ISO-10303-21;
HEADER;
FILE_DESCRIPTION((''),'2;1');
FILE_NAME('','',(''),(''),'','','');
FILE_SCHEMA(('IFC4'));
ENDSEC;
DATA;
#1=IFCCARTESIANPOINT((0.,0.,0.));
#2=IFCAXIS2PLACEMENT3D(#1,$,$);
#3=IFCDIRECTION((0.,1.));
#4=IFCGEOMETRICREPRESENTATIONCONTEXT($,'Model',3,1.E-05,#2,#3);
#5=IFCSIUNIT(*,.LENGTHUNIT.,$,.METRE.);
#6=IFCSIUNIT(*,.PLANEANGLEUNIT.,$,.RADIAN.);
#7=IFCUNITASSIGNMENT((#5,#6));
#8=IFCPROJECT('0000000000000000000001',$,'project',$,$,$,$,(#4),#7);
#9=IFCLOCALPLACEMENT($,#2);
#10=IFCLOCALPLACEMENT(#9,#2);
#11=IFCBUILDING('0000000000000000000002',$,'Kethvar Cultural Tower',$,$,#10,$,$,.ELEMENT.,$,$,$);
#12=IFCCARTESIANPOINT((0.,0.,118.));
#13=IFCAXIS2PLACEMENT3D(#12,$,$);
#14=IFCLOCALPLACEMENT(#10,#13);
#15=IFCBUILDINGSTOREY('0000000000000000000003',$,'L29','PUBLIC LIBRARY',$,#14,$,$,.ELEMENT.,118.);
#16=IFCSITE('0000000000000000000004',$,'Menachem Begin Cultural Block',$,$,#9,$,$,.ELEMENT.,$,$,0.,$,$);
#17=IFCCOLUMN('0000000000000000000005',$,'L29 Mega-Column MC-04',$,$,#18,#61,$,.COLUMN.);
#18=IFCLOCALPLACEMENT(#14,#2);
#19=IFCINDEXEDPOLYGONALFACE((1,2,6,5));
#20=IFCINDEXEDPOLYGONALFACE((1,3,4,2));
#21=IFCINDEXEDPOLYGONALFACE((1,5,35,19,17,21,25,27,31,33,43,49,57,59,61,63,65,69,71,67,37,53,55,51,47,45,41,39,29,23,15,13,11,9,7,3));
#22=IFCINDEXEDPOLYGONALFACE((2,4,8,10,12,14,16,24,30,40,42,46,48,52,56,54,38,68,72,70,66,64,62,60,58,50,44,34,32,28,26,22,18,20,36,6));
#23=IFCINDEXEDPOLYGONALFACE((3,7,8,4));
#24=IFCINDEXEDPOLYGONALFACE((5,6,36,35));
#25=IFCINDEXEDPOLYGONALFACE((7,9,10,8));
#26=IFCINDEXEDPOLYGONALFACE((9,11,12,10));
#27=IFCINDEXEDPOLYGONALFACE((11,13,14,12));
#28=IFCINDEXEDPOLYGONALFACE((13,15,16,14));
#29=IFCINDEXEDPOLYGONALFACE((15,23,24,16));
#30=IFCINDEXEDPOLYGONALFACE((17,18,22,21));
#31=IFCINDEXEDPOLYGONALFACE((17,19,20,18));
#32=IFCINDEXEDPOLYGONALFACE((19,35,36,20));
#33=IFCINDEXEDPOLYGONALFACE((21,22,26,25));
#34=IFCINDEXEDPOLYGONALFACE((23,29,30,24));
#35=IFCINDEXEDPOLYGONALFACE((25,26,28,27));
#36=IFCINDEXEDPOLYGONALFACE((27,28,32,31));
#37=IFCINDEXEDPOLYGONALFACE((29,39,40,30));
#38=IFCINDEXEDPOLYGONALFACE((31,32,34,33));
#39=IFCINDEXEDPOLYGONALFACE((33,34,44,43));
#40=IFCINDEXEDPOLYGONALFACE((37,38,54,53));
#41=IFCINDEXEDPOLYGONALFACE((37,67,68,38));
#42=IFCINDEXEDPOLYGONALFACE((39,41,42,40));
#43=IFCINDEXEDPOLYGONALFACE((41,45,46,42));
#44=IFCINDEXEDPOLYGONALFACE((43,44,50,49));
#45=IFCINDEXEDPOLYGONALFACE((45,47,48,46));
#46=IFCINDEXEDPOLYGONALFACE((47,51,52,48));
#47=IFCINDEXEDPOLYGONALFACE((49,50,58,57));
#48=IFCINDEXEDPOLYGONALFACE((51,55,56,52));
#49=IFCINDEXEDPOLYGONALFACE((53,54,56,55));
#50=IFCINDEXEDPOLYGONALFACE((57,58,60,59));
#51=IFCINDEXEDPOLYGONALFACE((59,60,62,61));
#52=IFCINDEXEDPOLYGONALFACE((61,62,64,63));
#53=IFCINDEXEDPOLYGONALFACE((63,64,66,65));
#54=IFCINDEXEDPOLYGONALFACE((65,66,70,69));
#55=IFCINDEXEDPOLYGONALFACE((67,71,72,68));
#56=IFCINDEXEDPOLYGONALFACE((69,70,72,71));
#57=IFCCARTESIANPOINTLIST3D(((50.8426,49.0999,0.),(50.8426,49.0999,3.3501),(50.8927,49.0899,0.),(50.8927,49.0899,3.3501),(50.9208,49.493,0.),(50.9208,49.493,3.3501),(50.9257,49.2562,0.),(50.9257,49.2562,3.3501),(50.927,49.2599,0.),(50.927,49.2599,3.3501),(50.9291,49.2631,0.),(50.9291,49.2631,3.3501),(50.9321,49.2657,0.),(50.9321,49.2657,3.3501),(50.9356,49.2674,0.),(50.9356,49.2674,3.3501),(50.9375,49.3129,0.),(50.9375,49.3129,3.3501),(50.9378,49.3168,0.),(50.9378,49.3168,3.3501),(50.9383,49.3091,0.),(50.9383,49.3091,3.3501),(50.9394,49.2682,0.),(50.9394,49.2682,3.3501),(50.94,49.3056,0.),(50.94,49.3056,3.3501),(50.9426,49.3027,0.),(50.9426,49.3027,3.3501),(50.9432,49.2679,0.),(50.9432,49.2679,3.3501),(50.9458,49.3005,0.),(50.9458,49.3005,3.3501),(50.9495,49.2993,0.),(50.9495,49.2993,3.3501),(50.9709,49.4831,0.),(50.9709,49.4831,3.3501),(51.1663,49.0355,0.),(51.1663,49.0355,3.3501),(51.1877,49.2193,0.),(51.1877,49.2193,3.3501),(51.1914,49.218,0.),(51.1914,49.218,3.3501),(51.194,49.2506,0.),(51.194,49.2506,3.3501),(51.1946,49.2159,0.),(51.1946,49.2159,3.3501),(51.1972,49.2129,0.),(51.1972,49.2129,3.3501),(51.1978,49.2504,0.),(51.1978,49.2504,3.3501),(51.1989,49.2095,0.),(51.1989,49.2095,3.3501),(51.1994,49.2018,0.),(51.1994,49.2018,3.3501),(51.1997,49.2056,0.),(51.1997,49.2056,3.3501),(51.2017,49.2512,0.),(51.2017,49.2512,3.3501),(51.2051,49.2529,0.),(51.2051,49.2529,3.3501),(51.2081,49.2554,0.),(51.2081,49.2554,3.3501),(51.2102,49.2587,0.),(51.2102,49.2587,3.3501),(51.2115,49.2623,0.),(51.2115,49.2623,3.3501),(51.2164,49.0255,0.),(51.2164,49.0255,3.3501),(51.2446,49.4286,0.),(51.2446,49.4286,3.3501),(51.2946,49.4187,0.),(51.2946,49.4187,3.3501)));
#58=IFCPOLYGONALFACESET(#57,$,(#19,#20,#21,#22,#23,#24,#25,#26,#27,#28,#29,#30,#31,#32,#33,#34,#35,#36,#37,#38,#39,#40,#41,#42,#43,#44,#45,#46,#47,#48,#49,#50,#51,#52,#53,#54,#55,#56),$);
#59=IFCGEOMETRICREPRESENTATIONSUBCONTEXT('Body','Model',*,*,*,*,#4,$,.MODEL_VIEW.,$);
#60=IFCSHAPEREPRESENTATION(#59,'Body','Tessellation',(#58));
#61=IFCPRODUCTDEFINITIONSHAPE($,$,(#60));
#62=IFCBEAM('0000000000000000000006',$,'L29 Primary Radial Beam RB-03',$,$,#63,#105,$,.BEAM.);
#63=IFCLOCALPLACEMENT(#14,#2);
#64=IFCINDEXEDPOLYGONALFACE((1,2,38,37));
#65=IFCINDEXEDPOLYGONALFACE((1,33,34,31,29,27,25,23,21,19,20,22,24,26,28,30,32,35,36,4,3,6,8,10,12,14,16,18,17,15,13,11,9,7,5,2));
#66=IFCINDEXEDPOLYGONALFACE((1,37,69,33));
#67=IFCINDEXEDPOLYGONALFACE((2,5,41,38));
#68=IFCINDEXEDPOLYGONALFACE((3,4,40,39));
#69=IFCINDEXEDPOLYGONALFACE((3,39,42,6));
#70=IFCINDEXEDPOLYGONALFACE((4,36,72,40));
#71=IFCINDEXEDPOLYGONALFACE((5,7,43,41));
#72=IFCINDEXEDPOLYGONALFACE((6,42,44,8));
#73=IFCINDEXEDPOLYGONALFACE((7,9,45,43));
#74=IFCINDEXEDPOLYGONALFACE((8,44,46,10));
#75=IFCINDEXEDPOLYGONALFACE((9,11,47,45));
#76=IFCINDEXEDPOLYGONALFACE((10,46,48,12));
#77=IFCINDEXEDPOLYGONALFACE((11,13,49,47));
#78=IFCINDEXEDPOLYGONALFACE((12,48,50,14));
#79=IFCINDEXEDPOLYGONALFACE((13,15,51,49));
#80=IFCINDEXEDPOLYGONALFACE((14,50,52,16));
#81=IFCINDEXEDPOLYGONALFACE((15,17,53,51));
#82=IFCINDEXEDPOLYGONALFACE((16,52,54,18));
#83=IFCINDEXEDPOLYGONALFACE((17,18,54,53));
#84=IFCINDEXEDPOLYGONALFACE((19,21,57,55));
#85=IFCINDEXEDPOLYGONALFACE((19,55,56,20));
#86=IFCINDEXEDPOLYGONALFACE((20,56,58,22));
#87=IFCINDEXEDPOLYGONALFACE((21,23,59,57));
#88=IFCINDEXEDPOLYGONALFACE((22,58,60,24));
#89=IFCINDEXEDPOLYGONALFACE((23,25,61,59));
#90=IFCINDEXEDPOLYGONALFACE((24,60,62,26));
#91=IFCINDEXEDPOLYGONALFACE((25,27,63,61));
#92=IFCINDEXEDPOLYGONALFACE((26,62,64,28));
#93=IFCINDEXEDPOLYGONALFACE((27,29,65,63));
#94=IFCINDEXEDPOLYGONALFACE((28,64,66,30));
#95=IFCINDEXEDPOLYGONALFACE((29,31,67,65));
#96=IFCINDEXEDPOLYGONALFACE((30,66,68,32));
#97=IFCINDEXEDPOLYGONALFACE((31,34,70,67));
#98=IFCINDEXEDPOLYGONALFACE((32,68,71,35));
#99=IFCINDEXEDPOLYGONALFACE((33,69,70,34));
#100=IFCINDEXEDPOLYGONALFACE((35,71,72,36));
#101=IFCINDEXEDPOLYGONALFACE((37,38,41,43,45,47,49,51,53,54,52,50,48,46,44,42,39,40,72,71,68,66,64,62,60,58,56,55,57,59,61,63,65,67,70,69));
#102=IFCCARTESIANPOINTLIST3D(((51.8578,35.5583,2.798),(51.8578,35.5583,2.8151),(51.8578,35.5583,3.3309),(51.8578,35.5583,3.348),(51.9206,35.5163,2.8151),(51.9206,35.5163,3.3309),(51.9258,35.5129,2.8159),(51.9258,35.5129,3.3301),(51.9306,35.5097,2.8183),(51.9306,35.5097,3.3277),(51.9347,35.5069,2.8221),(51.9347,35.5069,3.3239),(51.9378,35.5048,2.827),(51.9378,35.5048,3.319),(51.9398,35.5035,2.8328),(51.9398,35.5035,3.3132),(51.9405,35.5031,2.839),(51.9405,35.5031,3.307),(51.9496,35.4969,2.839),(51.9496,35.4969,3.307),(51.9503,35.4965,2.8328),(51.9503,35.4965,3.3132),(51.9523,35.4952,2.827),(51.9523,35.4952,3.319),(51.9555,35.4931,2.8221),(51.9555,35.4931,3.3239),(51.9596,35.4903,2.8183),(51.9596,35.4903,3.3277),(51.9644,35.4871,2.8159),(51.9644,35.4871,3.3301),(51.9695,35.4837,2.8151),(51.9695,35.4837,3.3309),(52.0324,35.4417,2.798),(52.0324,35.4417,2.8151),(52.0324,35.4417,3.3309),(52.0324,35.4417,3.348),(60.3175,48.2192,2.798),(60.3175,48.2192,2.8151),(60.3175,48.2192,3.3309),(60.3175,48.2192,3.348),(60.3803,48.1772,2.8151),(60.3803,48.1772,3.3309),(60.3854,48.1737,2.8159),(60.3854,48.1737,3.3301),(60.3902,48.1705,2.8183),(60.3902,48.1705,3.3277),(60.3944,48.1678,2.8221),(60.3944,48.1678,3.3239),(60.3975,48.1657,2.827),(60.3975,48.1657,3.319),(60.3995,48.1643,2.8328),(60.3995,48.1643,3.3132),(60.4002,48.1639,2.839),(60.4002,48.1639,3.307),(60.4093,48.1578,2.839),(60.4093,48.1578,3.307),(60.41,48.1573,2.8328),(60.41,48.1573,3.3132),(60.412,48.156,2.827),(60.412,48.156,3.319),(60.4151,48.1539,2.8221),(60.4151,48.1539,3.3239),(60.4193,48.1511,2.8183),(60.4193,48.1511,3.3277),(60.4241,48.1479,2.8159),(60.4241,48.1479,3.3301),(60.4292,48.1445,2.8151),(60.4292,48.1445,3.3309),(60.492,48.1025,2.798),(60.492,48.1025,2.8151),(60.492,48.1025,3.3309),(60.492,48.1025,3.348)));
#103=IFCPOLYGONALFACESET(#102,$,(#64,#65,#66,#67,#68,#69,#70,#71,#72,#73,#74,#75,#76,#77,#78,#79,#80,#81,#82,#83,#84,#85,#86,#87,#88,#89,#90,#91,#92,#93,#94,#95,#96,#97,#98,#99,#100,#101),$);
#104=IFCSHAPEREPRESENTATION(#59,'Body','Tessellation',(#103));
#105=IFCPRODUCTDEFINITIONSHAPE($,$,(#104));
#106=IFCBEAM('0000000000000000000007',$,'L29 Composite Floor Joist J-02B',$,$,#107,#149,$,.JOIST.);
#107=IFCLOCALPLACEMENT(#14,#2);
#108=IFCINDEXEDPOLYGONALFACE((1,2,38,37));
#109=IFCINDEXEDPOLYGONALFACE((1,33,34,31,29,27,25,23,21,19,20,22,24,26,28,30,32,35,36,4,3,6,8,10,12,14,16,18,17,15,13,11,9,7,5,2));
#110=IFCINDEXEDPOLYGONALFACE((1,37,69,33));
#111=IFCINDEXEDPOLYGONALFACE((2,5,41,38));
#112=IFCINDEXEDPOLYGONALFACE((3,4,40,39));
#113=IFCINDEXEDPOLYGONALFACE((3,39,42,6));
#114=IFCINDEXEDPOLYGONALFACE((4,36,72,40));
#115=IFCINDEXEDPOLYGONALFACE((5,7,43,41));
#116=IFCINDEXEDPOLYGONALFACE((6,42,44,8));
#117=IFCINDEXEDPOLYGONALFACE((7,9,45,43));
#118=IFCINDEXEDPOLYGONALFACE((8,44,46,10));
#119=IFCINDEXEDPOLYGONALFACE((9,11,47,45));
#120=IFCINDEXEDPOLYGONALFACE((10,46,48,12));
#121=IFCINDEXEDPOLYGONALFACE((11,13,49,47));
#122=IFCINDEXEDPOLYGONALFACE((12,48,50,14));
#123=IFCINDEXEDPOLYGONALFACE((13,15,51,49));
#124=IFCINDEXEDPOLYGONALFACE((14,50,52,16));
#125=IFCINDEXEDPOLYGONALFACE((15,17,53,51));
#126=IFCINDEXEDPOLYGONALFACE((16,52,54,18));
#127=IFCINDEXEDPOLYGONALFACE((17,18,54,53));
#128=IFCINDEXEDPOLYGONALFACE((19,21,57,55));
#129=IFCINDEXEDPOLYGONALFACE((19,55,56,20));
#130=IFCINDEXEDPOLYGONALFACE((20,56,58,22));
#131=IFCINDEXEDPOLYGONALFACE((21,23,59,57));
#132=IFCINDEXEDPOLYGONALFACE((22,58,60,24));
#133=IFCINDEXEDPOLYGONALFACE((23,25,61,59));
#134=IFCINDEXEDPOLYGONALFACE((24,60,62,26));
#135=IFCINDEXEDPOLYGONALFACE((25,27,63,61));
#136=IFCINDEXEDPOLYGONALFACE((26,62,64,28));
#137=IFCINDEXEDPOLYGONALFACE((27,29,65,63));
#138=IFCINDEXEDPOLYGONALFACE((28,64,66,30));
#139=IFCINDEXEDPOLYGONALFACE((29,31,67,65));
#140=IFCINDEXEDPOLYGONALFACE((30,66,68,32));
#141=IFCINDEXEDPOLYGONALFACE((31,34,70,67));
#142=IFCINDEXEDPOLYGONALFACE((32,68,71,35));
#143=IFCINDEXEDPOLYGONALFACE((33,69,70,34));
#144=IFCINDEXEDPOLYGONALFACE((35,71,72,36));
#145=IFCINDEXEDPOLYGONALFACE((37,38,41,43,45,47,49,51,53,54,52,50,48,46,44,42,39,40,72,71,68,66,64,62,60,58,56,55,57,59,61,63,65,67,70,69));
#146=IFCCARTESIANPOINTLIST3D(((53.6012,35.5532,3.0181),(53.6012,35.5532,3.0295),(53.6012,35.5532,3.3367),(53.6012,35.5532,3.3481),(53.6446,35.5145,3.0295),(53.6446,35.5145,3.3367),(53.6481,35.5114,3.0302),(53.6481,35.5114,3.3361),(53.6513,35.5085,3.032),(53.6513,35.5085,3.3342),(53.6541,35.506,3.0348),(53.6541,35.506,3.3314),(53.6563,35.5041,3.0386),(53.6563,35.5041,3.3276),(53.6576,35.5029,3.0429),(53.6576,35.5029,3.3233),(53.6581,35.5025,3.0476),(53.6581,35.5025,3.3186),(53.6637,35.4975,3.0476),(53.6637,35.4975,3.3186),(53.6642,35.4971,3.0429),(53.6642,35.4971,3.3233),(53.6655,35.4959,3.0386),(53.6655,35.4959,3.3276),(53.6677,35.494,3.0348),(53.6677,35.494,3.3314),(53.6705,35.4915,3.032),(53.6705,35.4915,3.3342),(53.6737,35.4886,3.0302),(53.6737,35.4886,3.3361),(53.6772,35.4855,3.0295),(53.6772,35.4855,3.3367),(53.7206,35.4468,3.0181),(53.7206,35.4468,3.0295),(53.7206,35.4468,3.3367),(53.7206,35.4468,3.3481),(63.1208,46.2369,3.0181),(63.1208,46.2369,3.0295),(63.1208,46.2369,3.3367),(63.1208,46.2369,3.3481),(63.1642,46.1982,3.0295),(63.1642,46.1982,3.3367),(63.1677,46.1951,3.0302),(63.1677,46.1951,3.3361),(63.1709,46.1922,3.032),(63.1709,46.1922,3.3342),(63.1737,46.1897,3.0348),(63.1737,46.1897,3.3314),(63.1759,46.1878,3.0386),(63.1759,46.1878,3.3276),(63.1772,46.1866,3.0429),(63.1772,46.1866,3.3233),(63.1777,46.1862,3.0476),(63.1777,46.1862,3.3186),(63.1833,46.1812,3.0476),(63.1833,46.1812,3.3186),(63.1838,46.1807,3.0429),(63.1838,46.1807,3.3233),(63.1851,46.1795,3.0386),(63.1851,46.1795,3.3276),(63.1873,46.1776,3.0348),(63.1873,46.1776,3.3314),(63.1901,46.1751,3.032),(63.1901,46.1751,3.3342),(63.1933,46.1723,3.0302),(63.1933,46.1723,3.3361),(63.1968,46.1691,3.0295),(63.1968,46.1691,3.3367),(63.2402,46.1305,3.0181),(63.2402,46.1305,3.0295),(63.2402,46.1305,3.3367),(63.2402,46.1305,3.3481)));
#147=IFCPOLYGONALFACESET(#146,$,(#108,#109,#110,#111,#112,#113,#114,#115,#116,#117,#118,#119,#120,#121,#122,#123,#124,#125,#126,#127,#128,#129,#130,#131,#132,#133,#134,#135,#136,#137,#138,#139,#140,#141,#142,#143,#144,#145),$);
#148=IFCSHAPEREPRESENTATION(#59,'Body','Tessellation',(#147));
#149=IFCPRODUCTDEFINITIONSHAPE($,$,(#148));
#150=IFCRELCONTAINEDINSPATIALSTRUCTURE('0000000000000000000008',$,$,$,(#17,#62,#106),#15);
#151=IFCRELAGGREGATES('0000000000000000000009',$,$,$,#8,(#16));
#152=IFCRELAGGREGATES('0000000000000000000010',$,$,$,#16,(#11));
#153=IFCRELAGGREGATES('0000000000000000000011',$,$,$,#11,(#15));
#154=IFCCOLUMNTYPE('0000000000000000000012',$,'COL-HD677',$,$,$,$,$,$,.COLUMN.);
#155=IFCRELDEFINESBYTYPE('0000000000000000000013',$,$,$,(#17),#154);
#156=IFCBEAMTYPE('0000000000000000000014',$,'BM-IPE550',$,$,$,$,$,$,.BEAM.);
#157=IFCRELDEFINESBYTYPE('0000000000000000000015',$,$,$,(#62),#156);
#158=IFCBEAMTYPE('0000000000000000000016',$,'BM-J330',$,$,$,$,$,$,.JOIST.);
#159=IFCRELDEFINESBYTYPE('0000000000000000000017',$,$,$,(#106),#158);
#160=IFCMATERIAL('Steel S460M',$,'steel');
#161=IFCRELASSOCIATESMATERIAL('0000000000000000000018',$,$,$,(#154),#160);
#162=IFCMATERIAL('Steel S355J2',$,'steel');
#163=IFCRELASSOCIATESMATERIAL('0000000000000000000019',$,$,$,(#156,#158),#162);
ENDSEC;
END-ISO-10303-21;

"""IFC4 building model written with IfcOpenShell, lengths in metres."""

from ifc_helpers import new_model, si_unit, direction, frame, origin, origin_2d, place, context, subcontext, project, spatial, i_section, extrude, source, transform, mapped, material, material_profile, profile_set, type_object, element, save


model = new_model("IFC4")

# Units and contexts
model_context = context("Model", 3, precision=1e-05, world=origin(), true_north=direction((0.0, 1.0)))
body_context = subcontext(model_context, "Body", "Model", "MODEL_VIEW")
ifc_project = project(units=[si_unit("LENGTHUNIT", "METRE"), si_unit("PLANEANGLEUNIT", "RADIAN")], contexts=[model_context])

# Site, building, storey
site_placement = place(None, origin())
site = spatial("IfcSite", under=ifc_project, at=site_placement, Name="Menachem Begin Cultural Block", CompositionType="ELEMENT", RefElevation=0.0)
building_placement = place(site_placement, origin())
building = spatial("IfcBuilding", under=site, at=building_placement, Name="Kethvar Cultural Tower", CompositionType="ELEMENT")
storey_placement = place(building_placement, frame((0.0, 0.0, 118.0)))
storey = spatial("IfcBuildingStorey", under=building, at=storey_placement, Name="L29", Description="PUBLIC LIBRARY", CompositionType="ELEMENT", Elevation=118.0)

# Column
ifc_material_1 = material(Name="Steel S460M", Category="steel")
ifc_material_profile_1 = material_profile(ifc_material_1, i_section(OverallWidth=0.4009, OverallDepth=0.3811, WebThickness=0.032, FlangeThickness=0.051, FilletRadius=0.0149, at=origin_2d()), Name="Steel S460M — HD400x677")
ifc_profile_set_1 = profile_set([ifc_material_profile_1], Name="Steel S460M — HD400x677")
column_type = type_object("IfcColumnType", Name="COL-HD677", PredefinedType="COLUMN", material=ifc_profile_set_1)
shared_shape_1 = source(origin(), body_context, "Body", "SweptSolid", [
    extrude(i_section(OverallWidth=0.4009, OverallDepth=0.3811, WebThickness=0.032, FlangeThickness=0.051, FilletRadius=0.0149, at=origin_2d()), origin(), (0.0, 0.0, 1.0), 3.3501),
])
column_placement = place(storey_placement, frame((51.0686, 49.2593, 0.0), z_axis=(0.0, 0.0, 1.0), x_axis=(0.19509, 0.980785, 0.0)))
element("IfcColumn", 1, at=column_placement, inside=storey, type_object=column_type, Name="L29 Mega-Column MC-04", PredefinedType="COLUMN", context=body_context, shape_type="MappedRepresentation", body=[
    mapped(shared_shape_1, transform((0.0, 0.0, 0.0), scale=1.0)),
])

# Beams
ifc_material_2 = material(Name="Steel S355J2", Category="steel")
ifc_material_profile_2 = material_profile(ifc_material_2, i_section(OverallWidth=0.21, OverallDepth=0.55, WebThickness=0.011, FlangeThickness=0.0171, FilletRadius=0.0239, at=origin_2d()), Name="Steel S355J2 — IPE550")
ifc_profile_set_2 = profile_set([ifc_material_profile_2], Name="Steel S355J2 — IPE550")
beam_type_1 = type_object("IfcBeamType", Name="BM-IPE550", PredefinedType="BEAM", material=ifc_profile_set_2)
shared_shape_2 = source(origin(), body_context, "Body", "SweptSolid", [
    extrude(i_section(OverallWidth=0.21, OverallDepth=0.55, WebThickness=0.011, FlangeThickness=0.0171, FilletRadius=0.0239, at=origin_2d()), origin(), (0.0, 0.0, 1.0), 15.2271),
])
beam_1_placement = place(storey_placement, frame((51.9451, 35.5, 3.073), z_axis=(0.555569, 0.83147, 0.0), x_axis=(-0.83147, 0.555569, 0.0)))
element("IfcBeam", 2, at=beam_1_placement, inside=storey, type_object=beam_type_1, Name="L29 Primary Radial Beam RB-03", PredefinedType="BEAM", context=body_context, shape_type="MappedRepresentation", body=[
    mapped(shared_shape_2, transform((0.0, 0.0, 0.0), scale=1.0)),
])
ifc_material_profile_3 = material_profile(ifc_material_2, i_section(OverallWidth=0.1599, OverallDepth=0.3301, WebThickness=0.0076, FlangeThickness=0.0115, FilletRadius=0.0181, at=origin_2d()), Name="Steel S355J2 — IPE330")
ifc_profile_set_3 = profile_set([ifc_material_profile_3], Name="Steel S355J2 — IPE330")
beam_type_2 = type_object("IfcBeamType", Name="BM-J330", PredefinedType="JOIST", material=ifc_profile_set_3)
shared_shape_3 = source(origin(), body_context, "Body", "SweptSolid", [
    extrude(i_section(OverallWidth=0.1599, OverallDepth=0.3301, WebThickness=0.0076, FlangeThickness=0.0115, FilletRadius=0.0181, at=origin_2d()), origin(), (0.0, 0.0, 1.0), 14.3096),
])
beam_2_placement = place(storey_placement, frame((53.6609, 35.5, 3.1831), z_axis=(0.665261, 0.746611, 0.0), x_axis=(-0.746611, 0.665261, 0.0)))
element("IfcBeam", 3, at=beam_2_placement, inside=storey, type_object=beam_type_2, Name="L29 Composite Floor Joist J-02B", PredefinedType="JOIST", context=body_context, shape_type="MappedRepresentation", body=[
    mapped(shared_shape_3, transform((0.0, 0.0, 0.0), scale=1.0)),
])

save(model, "model.ifc")
